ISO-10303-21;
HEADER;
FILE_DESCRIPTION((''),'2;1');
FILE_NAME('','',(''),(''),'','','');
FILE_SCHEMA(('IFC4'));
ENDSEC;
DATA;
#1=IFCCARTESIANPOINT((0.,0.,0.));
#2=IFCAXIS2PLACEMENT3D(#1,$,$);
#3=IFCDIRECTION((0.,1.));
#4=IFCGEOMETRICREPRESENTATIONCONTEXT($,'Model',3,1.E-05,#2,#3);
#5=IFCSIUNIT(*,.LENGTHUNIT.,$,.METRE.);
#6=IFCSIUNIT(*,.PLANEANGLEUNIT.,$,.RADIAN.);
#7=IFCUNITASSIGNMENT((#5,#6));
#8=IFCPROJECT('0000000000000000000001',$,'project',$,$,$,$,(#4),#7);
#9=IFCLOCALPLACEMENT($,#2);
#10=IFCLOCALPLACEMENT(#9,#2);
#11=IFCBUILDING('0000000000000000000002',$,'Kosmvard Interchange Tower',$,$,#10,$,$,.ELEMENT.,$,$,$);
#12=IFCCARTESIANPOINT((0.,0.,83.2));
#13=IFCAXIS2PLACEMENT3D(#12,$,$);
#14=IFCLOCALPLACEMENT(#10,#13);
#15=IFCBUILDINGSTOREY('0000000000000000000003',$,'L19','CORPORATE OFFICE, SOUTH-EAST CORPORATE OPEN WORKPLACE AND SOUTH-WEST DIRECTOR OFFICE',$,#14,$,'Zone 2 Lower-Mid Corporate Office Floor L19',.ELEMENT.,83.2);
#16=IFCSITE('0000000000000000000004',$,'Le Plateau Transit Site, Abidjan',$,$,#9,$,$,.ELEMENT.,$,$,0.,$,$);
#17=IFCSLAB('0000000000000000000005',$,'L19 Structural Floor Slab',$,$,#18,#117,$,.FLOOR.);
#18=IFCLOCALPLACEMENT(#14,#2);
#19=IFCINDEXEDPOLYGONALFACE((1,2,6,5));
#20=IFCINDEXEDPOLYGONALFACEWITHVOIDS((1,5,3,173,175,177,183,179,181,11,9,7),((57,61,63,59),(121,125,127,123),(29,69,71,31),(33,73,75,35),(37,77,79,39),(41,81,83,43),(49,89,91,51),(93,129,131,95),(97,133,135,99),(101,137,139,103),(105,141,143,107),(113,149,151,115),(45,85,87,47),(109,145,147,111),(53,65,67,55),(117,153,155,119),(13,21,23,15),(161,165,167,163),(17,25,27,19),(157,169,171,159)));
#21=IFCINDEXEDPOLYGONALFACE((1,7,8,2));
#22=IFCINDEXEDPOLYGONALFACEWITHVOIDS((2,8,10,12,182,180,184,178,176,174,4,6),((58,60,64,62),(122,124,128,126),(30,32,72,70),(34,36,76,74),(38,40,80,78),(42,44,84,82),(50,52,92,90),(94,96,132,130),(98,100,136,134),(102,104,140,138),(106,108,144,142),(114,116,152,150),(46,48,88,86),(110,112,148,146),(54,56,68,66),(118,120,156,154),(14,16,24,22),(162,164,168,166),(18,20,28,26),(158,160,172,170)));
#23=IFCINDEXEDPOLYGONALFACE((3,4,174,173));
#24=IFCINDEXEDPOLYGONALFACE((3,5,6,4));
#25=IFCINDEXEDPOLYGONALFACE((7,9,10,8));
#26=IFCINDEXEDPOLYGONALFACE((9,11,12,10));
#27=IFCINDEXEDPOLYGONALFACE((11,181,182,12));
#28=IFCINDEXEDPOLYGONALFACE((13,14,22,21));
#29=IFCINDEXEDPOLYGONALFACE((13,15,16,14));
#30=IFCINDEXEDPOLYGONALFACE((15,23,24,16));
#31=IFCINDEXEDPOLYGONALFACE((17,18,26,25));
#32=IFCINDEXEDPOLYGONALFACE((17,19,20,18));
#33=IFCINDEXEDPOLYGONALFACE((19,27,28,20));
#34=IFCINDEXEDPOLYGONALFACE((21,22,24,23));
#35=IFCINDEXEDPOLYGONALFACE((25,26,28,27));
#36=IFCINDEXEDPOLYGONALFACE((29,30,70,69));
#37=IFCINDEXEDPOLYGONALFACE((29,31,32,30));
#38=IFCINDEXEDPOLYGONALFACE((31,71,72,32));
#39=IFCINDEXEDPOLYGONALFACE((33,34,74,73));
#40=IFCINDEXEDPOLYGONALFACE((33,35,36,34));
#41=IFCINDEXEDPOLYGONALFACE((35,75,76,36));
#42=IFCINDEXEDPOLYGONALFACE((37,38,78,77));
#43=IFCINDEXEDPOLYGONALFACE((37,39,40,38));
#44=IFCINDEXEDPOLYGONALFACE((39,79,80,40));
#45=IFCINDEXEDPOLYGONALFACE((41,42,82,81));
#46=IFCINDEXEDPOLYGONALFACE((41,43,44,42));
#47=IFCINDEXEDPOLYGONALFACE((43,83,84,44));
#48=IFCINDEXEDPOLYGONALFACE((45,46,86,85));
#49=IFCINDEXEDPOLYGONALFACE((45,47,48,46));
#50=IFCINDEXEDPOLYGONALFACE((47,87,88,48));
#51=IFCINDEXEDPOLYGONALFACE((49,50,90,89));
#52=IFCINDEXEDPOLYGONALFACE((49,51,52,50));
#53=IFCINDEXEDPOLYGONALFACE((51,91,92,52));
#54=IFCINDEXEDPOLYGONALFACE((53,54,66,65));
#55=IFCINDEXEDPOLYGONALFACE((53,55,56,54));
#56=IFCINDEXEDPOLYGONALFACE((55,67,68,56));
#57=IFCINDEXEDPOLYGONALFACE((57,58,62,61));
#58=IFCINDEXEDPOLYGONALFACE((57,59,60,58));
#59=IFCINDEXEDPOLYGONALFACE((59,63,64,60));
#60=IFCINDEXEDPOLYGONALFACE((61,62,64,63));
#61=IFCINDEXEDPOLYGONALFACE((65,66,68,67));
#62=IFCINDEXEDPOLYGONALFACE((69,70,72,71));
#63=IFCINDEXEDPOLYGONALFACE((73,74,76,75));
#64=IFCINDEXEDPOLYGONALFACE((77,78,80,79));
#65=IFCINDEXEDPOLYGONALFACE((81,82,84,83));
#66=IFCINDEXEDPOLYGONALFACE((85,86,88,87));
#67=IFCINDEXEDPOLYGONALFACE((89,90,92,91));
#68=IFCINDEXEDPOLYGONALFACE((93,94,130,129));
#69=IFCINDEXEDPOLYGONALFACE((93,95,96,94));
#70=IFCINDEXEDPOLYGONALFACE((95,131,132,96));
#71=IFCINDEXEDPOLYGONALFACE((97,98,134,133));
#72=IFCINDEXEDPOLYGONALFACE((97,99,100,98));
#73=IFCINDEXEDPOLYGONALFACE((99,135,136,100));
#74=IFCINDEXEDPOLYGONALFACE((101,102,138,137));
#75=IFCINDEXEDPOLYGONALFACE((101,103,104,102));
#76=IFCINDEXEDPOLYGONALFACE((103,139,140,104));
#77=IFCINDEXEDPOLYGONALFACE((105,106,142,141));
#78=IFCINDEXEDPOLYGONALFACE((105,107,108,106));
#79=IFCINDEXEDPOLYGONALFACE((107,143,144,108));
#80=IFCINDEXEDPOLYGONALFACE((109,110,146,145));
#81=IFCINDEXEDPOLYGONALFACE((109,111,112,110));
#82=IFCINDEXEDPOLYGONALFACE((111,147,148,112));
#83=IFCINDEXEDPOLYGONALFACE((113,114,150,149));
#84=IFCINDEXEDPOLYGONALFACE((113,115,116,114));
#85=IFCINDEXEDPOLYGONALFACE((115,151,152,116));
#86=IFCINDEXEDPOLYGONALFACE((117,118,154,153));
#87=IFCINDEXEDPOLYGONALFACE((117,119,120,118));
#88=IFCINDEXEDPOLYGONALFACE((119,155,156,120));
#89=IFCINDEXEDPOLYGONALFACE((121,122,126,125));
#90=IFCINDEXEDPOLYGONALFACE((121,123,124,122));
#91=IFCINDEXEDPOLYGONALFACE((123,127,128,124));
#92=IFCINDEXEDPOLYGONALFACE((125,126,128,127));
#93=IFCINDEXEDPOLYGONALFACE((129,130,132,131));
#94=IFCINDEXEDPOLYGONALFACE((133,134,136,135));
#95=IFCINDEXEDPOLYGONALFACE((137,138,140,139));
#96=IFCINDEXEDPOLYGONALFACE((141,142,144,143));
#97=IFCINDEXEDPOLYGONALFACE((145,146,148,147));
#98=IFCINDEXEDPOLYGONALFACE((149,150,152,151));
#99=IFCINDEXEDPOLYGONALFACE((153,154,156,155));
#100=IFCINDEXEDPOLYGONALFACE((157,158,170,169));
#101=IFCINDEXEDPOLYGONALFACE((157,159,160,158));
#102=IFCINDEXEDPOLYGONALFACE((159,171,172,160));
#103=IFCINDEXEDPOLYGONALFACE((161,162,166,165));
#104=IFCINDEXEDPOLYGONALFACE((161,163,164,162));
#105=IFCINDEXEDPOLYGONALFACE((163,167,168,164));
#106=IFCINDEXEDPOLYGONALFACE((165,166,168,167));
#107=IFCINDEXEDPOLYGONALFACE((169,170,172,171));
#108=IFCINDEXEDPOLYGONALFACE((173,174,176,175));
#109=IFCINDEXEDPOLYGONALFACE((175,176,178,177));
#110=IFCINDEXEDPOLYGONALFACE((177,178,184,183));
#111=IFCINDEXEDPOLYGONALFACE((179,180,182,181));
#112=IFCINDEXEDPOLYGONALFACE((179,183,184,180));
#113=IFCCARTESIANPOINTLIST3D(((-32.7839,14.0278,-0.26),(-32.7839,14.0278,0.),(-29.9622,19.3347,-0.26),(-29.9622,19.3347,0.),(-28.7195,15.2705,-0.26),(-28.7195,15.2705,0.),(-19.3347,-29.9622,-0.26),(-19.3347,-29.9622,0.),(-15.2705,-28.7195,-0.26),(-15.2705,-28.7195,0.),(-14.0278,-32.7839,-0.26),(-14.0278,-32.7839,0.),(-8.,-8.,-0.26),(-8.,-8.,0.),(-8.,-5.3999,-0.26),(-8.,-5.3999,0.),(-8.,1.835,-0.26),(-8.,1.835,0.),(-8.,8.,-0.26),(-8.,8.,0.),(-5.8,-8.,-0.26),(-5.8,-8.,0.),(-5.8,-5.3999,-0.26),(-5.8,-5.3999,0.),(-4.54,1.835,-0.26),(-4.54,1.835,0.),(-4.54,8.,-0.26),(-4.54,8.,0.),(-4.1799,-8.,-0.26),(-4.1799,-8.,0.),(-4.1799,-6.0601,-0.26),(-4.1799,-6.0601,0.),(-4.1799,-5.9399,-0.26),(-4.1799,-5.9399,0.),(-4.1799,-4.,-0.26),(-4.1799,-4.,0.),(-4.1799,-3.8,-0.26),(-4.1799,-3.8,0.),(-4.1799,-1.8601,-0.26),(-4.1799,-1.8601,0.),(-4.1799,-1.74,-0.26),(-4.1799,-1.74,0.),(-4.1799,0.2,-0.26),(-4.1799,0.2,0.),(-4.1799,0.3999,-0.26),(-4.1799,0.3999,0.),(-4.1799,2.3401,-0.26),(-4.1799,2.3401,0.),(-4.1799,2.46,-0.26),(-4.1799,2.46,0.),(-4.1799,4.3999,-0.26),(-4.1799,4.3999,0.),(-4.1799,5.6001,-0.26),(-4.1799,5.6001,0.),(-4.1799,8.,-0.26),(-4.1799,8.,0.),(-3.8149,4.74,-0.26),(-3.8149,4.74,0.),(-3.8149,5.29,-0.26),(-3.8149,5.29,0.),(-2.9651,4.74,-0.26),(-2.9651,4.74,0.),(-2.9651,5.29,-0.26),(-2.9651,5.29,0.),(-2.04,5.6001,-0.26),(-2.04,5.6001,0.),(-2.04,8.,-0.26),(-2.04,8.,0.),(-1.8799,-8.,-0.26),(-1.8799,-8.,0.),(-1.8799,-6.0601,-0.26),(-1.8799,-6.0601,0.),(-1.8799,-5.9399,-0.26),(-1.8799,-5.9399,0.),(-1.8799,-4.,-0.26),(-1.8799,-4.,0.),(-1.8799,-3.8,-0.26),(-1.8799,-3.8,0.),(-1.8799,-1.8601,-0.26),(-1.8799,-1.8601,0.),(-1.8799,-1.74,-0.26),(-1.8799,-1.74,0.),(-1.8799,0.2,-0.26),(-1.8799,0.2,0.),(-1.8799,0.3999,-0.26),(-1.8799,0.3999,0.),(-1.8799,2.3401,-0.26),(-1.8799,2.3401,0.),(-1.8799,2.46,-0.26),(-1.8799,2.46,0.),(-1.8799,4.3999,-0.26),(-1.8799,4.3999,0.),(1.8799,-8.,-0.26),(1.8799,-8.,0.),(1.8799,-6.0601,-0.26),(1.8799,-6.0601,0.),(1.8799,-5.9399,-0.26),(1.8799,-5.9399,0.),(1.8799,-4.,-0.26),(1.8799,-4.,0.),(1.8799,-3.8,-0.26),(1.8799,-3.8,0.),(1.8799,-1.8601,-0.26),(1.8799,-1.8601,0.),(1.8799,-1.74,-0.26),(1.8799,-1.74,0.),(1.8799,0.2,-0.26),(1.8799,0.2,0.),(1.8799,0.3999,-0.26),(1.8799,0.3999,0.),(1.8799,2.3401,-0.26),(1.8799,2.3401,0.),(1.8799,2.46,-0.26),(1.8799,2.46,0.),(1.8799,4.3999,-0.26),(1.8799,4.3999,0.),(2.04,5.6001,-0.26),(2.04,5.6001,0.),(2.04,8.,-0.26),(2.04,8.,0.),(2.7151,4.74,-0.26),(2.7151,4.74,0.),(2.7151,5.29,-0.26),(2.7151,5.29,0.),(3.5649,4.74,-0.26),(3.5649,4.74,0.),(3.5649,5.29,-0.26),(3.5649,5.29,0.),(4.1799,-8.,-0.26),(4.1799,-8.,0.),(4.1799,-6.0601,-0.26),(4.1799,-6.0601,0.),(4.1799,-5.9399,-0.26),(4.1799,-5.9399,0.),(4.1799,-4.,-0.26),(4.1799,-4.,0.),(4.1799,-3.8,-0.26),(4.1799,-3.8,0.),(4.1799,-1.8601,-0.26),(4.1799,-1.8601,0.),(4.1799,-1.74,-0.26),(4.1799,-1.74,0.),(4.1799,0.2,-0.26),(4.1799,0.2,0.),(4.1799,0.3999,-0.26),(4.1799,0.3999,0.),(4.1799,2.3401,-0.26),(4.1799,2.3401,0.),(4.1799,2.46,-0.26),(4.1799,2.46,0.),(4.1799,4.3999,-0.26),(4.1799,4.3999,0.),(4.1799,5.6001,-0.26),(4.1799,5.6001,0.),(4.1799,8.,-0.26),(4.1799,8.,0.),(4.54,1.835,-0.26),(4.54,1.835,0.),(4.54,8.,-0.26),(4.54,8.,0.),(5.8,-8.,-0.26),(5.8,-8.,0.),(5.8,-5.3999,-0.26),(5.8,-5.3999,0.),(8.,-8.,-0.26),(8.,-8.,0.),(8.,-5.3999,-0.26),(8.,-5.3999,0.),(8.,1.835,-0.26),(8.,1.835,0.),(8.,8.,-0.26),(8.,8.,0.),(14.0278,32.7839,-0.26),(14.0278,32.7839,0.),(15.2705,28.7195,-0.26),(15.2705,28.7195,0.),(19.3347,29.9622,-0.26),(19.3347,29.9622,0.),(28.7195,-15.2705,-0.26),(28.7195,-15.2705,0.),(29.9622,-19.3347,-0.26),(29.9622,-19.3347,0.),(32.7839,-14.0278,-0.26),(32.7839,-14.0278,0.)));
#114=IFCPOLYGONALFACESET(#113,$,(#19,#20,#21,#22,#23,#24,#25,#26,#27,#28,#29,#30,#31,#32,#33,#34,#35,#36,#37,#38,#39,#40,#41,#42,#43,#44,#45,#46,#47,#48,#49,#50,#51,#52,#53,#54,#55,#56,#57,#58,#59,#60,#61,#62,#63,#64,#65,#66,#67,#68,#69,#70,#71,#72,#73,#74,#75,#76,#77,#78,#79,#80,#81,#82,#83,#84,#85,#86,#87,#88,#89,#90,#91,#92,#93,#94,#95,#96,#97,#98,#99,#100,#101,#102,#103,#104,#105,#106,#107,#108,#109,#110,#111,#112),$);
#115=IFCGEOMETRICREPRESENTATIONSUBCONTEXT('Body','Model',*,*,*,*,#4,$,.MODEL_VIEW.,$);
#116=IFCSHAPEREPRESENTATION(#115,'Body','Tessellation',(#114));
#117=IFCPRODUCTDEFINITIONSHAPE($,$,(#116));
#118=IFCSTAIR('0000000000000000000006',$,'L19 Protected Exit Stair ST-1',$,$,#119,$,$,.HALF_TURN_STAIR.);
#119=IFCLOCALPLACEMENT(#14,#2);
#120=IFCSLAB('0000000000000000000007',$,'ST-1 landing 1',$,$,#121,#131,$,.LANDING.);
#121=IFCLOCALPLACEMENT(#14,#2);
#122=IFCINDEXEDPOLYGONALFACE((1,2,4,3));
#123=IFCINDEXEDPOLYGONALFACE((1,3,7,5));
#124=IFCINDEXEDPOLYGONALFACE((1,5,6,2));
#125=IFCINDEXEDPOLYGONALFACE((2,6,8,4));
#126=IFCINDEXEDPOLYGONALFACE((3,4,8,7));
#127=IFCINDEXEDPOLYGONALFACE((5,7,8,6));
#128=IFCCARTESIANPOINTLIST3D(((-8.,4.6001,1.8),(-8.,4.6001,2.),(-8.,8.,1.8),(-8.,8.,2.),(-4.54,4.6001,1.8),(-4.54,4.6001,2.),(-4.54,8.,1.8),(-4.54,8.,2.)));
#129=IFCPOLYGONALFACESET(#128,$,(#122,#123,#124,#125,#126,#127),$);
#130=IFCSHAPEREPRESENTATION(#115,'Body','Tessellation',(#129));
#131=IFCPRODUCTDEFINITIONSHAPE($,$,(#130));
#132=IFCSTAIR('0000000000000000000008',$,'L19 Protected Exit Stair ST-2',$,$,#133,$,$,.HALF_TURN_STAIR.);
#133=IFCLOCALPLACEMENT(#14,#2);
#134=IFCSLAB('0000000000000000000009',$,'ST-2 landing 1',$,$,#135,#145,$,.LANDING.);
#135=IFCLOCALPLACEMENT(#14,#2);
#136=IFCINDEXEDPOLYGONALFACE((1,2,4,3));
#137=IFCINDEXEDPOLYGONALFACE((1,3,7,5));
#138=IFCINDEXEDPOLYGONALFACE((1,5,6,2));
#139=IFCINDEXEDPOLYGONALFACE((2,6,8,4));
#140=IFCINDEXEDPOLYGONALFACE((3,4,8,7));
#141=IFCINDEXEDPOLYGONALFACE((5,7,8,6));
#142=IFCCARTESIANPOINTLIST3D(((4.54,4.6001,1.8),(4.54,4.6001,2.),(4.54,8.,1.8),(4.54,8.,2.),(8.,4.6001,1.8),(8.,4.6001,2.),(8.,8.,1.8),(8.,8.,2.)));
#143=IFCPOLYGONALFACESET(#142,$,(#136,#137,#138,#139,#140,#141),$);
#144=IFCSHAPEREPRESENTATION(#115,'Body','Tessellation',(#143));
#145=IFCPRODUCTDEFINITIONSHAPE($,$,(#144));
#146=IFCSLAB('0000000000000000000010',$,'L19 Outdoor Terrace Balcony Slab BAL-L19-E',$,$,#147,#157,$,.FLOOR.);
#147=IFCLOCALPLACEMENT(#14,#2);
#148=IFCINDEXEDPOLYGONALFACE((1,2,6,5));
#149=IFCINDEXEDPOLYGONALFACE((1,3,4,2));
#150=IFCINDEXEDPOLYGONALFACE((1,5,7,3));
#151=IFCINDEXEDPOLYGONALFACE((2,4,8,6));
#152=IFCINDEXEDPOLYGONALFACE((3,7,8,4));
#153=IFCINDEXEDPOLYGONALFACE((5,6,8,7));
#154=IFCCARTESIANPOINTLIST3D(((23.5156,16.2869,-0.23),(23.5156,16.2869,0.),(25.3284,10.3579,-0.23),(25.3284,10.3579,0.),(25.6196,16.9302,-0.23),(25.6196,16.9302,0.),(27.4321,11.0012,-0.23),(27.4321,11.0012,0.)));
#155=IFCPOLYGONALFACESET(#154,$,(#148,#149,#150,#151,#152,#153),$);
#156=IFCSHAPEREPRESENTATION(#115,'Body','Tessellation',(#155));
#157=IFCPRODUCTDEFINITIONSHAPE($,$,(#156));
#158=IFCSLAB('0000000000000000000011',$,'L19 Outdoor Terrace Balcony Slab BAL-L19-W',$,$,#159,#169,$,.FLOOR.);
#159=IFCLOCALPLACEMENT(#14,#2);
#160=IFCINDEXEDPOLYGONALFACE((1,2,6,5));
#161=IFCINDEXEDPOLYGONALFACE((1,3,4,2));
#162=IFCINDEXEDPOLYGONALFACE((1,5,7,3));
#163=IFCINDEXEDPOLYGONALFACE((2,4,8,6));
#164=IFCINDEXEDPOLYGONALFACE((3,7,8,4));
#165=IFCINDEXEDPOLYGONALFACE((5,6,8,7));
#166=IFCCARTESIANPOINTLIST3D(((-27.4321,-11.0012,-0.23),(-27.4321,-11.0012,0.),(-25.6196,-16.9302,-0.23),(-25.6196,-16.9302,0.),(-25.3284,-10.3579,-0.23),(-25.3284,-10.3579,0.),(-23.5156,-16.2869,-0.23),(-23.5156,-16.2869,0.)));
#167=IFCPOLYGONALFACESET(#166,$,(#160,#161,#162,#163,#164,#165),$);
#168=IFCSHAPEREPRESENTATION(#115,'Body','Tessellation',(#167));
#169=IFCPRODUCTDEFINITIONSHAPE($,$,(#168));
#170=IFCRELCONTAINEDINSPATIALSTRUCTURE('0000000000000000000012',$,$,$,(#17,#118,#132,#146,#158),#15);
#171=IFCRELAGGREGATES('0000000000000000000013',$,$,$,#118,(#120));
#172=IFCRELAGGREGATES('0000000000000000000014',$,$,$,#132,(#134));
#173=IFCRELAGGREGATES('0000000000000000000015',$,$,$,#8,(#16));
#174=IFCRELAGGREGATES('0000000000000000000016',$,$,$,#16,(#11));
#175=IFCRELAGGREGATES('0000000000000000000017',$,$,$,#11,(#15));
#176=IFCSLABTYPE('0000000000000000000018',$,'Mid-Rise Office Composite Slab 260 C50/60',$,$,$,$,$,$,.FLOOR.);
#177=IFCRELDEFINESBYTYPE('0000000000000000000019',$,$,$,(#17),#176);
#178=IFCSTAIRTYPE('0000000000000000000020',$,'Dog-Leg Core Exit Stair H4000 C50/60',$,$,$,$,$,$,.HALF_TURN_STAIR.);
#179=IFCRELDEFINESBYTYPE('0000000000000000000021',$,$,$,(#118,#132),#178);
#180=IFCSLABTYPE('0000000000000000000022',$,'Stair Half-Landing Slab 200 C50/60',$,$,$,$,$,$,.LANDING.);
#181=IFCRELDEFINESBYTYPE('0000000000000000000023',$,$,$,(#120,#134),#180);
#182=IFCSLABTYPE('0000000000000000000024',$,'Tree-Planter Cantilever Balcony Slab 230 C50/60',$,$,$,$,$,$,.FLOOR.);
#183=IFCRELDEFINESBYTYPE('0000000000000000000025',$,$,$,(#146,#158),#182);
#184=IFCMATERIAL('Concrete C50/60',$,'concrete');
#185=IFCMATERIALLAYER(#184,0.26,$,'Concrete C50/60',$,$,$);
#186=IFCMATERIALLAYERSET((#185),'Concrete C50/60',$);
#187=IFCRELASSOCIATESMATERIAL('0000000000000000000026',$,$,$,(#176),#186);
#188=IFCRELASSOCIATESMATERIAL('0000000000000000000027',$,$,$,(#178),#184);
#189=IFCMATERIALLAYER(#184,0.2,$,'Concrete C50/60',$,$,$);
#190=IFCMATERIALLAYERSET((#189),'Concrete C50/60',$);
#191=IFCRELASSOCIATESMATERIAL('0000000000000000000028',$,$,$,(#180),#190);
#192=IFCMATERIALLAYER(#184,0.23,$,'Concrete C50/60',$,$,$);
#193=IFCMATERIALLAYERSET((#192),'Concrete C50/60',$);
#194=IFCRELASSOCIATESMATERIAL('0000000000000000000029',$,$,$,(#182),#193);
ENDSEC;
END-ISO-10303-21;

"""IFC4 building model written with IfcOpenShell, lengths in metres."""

from ifc_helpers import new_model, si_unit, direction, frame, origin, place, context, subcontext, project, spatial, polyline, outline, extrude, material, layer, layer_set, type_object, element, aggregate, save


model = new_model("IFC4")

# Units and contexts
model_context = context("Model", 3, precision=1e-05, world=origin(), true_north=direction((0.0, 1.0)))
body_context = subcontext(model_context, "Body", "Model", "MODEL_VIEW")
ifc_project = project(units=[si_unit("LENGTHUNIT", "METRE"), si_unit("PLANEANGLEUNIT", "RADIAN")], contexts=[model_context])

# Site, building, storey
site_placement = place(None, origin())
site = spatial("IfcSite", under=ifc_project, at=site_placement, Name="Le Plateau Transit Site, Abidjan", CompositionType="ELEMENT", RefElevation=0.0)
building_placement = place(site_placement, origin())
building = spatial("IfcBuilding", under=site, at=building_placement, Name="Kosmvard Interchange Tower", CompositionType="ELEMENT")
storey_placement = place(building_placement, frame((0.0, 0.0, 83.2)))
storey = spatial("IfcBuildingStorey", under=building, at=storey_placement, Name="L19", Description="CORPORATE OFFICE, SOUTH-EAST CORPORATE OPEN WORKPLACE AND SOUTH-WEST DIRECTOR OFFICE", LongName="Zone 2 Lower-Mid Corporate Office Floor L19", CompositionType="ELEMENT", Elevation=83.2)

# Slab
ifc_material_1 = material(Name="Concrete C50/60", Category="concrete")
ifc_layer_1 = layer(ifc_material_1, 0.26, Name="Concrete C50/60")
ifc_layer_set_1 = layer_set([ifc_layer_1], Name="Concrete C50/60")
slab_type_1 = type_object("IfcSlabType", Name="Mid-Rise Office Composite Slab 260 C50/60", PredefinedType="FLOOR", material=ifc_layer_set_1)
slab_1_placement = place(storey_placement, frame((0.0, 0.0, -0.26)))
element("IfcSlab", 1, at=slab_1_placement, inside=storey, type_object=slab_type_1, Name="L19 Structural Floor Slab", PredefinedType="FLOOR", context=body_context, shape_type="SweptSolid", body=[
    extrude(outline(polyline([(-14.0278, -32.7839), (29.9622, -19.3347), (28.7195, -15.2705), (32.7839, -14.0278), (19.3347, 29.9622), (15.2705, 28.7195), (14.0278, 32.7839), (-29.9622, 19.3347), (-28.7195, 15.2705), (-32.7839, 14.0278), (-19.3347, -29.9622), (-15.2705, -28.7195), (-14.0278, -32.7839)]), holes=[polyline([(-8.0, 1.835), (-4.54, 1.835), (-4.54, 8.0), (-8.0, 8.0), (-8.0, 1.835)]), polyline([(4.54, 1.835), (8.0, 1.835), (8.0, 8.0), (4.54, 8.0), (4.54, 1.835)]), polyline([(-8.0, -8.0), (-5.8, -8.0), (-5.8, -5.3999), (-8.0, -5.3999), (-8.0, -8.0)]), polyline([(5.8, -8.0), (8.0, -8.0), (8.0, -5.3999), (5.8, -5.3999), (5.8, -8.0)]), polyline([(-4.1799, -8.0), (-1.8799, -8.0), (-1.8799, -6.0601), (-4.1799, -6.0601), (-4.1799, -8.0)]), polyline([(-4.1799, -5.9399), (-1.8799, -5.9399), (-1.8799, -4.0), (-4.1799, -4.0), (-4.1799, -5.9399)]), polyline([(1.8799, -8.0), (4.1799, -8.0), (4.1799, -6.0601), (1.8799, -6.0601), (1.8799, -8.0)]), polyline([(1.8799, -5.9399), (4.1799, -5.9399), (4.1799, -4.0), (1.8799, -4.0), (1.8799, -5.9399)]), polyline([(-4.1799, -3.8), (-1.8799, -3.8), (-1.8799, -1.8601), (-4.1799, -1.8601), (-4.1799, -3.8)]), polyline([(-4.1799, -1.74), (-1.8799, -1.74), (-1.8799, 0.2), (-4.1799, 0.2), (-4.1799, -1.74)]), polyline([(1.8799, -3.8), (4.1799, -3.8), (4.1799, -1.8601), (1.8799, -1.8601), (1.8799, -3.8)]), polyline([(1.8799, -1.74), (4.1799, -1.74), (4.1799, 0.2), (1.8799, 0.2), (1.8799, -1.74)]), polyline([(-4.1799, 0.3999), (-1.8799, 0.3999), (-1.8799, 2.3401), (-4.1799, 2.3401), (-4.1799, 0.3999)]), polyline([(-4.1799, 2.46), (-1.8799, 2.46), (-1.8799, 4.3999), (-4.1799, 4.3999), (-4.1799, 2.46)]), polyline([(1.8799, 0.3999), (4.1799, 0.3999), (4.1799, 2.3401), (1.8799, 2.3401), (1.8799, 0.3999)]), polyline([(1.8799, 2.46), (4.1799, 2.46), (4.1799, 4.3999), (1.8799, 4.3999), (1.8799, 2.46)]), polyline([(-4.1799, 5.6001), (-2.04, 5.6001), (-2.04, 8.0), (-4.1799, 8.0), (-4.1799, 5.6001)]), polyline([(2.04, 5.6001), (4.1799, 5.6001), (4.1799, 8.0), (2.04, 8.0), (2.04, 5.6001)]), polyline([(-3.8149, 4.74), (-2.9651, 4.74), (-2.9651, 5.29), (-3.8149, 5.29), (-3.8149, 4.74)]), polyline([(2.7151, 4.74), (3.5649, 4.74), (3.5649, 5.29), (2.7151, 5.29), (2.7151, 4.74)])]), origin(), (0.0, 0.0, 1.0), 0.26),
])

# Stairs, slabs
stair_type = type_object("IfcStairType", Name="Dog-Leg Core Exit Stair H4000 C50/60", PredefinedType="HALF_TURN_STAIR", material=ifc_material_1)
stair_1_placement = place(storey_placement, origin())
stair_1 = element("IfcStair", 2, at=stair_1_placement, inside=storey, type_object=stair_type, Name="L19 Protected Exit Stair ST-1", PredefinedType="HALF_TURN_STAIR")
ifc_layer_2 = layer(ifc_material_1, 0.2, Name="Concrete C50/60")
ifc_layer_set_2 = layer_set([ifc_layer_2], Name="Concrete C50/60")
slab_type_2 = type_object("IfcSlabType", Name="Stair Half-Landing Slab 200 C50/60", PredefinedType="LANDING", material=ifc_layer_set_2)
slab_2_placement = place(storey_placement, frame((0.0, 0.0, 1.8)))
slab_2 = element("IfcSlab", 3, at=slab_2_placement, type_object=slab_type_2, Name="ST-1 landing 1", PredefinedType="LANDING", context=body_context, shape_type="SweptSolid", body=[
    extrude(outline(polyline([(-4.54, 4.6001), (-4.54, 8.0), (-8.0, 8.0), (-8.0, 4.6001), (-4.54, 4.6001)])), origin(), (0.0, 0.0, 1.0), 0.2),
])
aggregate(stair_1, [slab_2])
stair_2_placement = place(storey_placement, origin())
stair_2 = element("IfcStair", 4, at=stair_2_placement, inside=storey, type_object=stair_type, Name="L19 Protected Exit Stair ST-2", PredefinedType="HALF_TURN_STAIR")
slab_3_placement = place(storey_placement, frame((0.0, 0.0, 1.8)))
slab_3 = element("IfcSlab", 5, at=slab_3_placement, type_object=slab_type_2, Name="ST-2 landing 1", PredefinedType="LANDING", context=body_context, shape_type="SweptSolid", body=[
    extrude(outline(polyline([(8.0, 4.6001), (8.0, 8.0), (4.54, 8.0), (4.54, 4.6001), (8.0, 4.6001)])), origin(), (0.0, 0.0, 1.0), 0.2),
])
aggregate(stair_2, [slab_3])

# Slabs
ifc_layer_3 = layer(ifc_material_1, 0.23, Name="Concrete C50/60")
ifc_layer_set_3 = layer_set([ifc_layer_3], Name="Concrete C50/60")
slab_type_3 = type_object("IfcSlabType", Name="Tree-Planter Cantilever Balcony Slab 230 C50/60", PredefinedType="FLOOR", material=ifc_layer_set_3)
slab_4_placement = place(storey_placement, frame((0.0, 0.0, -0.23)))
element("IfcSlab", 6, at=slab_4_placement, inside=storey, type_object=slab_type_3, Name="L19 Outdoor Terrace Balcony Slab BAL-L19-E", PredefinedType="FLOOR", context=body_context, shape_type="SweptSolid", body=[
    extrude(outline(polyline([(25.3284, 10.3579), (27.4321, 11.0012), (25.6196, 16.9302), (23.5156, 16.2869), (25.3284, 10.3579)])), origin(), (0.0, 0.0, 1.0), 0.23),
])
slab_5_placement = place(storey_placement, frame((0.0, 0.0, -0.23)))
element("IfcSlab", 7, at=slab_5_placement, inside=storey, type_object=slab_type_3, Name="L19 Outdoor Terrace Balcony Slab BAL-L19-W", PredefinedType="FLOOR", context=body_context, shape_type="SweptSolid", body=[
    extrude(outline(polyline([(-25.6196, -16.9302), (-23.5156, -16.2869), (-25.3284, -10.3579), (-27.4321, -11.0012), (-25.6196, -16.9302)])), origin(), (0.0, 0.0, 1.0), 0.23),
])

save(model, "model.ifc")
